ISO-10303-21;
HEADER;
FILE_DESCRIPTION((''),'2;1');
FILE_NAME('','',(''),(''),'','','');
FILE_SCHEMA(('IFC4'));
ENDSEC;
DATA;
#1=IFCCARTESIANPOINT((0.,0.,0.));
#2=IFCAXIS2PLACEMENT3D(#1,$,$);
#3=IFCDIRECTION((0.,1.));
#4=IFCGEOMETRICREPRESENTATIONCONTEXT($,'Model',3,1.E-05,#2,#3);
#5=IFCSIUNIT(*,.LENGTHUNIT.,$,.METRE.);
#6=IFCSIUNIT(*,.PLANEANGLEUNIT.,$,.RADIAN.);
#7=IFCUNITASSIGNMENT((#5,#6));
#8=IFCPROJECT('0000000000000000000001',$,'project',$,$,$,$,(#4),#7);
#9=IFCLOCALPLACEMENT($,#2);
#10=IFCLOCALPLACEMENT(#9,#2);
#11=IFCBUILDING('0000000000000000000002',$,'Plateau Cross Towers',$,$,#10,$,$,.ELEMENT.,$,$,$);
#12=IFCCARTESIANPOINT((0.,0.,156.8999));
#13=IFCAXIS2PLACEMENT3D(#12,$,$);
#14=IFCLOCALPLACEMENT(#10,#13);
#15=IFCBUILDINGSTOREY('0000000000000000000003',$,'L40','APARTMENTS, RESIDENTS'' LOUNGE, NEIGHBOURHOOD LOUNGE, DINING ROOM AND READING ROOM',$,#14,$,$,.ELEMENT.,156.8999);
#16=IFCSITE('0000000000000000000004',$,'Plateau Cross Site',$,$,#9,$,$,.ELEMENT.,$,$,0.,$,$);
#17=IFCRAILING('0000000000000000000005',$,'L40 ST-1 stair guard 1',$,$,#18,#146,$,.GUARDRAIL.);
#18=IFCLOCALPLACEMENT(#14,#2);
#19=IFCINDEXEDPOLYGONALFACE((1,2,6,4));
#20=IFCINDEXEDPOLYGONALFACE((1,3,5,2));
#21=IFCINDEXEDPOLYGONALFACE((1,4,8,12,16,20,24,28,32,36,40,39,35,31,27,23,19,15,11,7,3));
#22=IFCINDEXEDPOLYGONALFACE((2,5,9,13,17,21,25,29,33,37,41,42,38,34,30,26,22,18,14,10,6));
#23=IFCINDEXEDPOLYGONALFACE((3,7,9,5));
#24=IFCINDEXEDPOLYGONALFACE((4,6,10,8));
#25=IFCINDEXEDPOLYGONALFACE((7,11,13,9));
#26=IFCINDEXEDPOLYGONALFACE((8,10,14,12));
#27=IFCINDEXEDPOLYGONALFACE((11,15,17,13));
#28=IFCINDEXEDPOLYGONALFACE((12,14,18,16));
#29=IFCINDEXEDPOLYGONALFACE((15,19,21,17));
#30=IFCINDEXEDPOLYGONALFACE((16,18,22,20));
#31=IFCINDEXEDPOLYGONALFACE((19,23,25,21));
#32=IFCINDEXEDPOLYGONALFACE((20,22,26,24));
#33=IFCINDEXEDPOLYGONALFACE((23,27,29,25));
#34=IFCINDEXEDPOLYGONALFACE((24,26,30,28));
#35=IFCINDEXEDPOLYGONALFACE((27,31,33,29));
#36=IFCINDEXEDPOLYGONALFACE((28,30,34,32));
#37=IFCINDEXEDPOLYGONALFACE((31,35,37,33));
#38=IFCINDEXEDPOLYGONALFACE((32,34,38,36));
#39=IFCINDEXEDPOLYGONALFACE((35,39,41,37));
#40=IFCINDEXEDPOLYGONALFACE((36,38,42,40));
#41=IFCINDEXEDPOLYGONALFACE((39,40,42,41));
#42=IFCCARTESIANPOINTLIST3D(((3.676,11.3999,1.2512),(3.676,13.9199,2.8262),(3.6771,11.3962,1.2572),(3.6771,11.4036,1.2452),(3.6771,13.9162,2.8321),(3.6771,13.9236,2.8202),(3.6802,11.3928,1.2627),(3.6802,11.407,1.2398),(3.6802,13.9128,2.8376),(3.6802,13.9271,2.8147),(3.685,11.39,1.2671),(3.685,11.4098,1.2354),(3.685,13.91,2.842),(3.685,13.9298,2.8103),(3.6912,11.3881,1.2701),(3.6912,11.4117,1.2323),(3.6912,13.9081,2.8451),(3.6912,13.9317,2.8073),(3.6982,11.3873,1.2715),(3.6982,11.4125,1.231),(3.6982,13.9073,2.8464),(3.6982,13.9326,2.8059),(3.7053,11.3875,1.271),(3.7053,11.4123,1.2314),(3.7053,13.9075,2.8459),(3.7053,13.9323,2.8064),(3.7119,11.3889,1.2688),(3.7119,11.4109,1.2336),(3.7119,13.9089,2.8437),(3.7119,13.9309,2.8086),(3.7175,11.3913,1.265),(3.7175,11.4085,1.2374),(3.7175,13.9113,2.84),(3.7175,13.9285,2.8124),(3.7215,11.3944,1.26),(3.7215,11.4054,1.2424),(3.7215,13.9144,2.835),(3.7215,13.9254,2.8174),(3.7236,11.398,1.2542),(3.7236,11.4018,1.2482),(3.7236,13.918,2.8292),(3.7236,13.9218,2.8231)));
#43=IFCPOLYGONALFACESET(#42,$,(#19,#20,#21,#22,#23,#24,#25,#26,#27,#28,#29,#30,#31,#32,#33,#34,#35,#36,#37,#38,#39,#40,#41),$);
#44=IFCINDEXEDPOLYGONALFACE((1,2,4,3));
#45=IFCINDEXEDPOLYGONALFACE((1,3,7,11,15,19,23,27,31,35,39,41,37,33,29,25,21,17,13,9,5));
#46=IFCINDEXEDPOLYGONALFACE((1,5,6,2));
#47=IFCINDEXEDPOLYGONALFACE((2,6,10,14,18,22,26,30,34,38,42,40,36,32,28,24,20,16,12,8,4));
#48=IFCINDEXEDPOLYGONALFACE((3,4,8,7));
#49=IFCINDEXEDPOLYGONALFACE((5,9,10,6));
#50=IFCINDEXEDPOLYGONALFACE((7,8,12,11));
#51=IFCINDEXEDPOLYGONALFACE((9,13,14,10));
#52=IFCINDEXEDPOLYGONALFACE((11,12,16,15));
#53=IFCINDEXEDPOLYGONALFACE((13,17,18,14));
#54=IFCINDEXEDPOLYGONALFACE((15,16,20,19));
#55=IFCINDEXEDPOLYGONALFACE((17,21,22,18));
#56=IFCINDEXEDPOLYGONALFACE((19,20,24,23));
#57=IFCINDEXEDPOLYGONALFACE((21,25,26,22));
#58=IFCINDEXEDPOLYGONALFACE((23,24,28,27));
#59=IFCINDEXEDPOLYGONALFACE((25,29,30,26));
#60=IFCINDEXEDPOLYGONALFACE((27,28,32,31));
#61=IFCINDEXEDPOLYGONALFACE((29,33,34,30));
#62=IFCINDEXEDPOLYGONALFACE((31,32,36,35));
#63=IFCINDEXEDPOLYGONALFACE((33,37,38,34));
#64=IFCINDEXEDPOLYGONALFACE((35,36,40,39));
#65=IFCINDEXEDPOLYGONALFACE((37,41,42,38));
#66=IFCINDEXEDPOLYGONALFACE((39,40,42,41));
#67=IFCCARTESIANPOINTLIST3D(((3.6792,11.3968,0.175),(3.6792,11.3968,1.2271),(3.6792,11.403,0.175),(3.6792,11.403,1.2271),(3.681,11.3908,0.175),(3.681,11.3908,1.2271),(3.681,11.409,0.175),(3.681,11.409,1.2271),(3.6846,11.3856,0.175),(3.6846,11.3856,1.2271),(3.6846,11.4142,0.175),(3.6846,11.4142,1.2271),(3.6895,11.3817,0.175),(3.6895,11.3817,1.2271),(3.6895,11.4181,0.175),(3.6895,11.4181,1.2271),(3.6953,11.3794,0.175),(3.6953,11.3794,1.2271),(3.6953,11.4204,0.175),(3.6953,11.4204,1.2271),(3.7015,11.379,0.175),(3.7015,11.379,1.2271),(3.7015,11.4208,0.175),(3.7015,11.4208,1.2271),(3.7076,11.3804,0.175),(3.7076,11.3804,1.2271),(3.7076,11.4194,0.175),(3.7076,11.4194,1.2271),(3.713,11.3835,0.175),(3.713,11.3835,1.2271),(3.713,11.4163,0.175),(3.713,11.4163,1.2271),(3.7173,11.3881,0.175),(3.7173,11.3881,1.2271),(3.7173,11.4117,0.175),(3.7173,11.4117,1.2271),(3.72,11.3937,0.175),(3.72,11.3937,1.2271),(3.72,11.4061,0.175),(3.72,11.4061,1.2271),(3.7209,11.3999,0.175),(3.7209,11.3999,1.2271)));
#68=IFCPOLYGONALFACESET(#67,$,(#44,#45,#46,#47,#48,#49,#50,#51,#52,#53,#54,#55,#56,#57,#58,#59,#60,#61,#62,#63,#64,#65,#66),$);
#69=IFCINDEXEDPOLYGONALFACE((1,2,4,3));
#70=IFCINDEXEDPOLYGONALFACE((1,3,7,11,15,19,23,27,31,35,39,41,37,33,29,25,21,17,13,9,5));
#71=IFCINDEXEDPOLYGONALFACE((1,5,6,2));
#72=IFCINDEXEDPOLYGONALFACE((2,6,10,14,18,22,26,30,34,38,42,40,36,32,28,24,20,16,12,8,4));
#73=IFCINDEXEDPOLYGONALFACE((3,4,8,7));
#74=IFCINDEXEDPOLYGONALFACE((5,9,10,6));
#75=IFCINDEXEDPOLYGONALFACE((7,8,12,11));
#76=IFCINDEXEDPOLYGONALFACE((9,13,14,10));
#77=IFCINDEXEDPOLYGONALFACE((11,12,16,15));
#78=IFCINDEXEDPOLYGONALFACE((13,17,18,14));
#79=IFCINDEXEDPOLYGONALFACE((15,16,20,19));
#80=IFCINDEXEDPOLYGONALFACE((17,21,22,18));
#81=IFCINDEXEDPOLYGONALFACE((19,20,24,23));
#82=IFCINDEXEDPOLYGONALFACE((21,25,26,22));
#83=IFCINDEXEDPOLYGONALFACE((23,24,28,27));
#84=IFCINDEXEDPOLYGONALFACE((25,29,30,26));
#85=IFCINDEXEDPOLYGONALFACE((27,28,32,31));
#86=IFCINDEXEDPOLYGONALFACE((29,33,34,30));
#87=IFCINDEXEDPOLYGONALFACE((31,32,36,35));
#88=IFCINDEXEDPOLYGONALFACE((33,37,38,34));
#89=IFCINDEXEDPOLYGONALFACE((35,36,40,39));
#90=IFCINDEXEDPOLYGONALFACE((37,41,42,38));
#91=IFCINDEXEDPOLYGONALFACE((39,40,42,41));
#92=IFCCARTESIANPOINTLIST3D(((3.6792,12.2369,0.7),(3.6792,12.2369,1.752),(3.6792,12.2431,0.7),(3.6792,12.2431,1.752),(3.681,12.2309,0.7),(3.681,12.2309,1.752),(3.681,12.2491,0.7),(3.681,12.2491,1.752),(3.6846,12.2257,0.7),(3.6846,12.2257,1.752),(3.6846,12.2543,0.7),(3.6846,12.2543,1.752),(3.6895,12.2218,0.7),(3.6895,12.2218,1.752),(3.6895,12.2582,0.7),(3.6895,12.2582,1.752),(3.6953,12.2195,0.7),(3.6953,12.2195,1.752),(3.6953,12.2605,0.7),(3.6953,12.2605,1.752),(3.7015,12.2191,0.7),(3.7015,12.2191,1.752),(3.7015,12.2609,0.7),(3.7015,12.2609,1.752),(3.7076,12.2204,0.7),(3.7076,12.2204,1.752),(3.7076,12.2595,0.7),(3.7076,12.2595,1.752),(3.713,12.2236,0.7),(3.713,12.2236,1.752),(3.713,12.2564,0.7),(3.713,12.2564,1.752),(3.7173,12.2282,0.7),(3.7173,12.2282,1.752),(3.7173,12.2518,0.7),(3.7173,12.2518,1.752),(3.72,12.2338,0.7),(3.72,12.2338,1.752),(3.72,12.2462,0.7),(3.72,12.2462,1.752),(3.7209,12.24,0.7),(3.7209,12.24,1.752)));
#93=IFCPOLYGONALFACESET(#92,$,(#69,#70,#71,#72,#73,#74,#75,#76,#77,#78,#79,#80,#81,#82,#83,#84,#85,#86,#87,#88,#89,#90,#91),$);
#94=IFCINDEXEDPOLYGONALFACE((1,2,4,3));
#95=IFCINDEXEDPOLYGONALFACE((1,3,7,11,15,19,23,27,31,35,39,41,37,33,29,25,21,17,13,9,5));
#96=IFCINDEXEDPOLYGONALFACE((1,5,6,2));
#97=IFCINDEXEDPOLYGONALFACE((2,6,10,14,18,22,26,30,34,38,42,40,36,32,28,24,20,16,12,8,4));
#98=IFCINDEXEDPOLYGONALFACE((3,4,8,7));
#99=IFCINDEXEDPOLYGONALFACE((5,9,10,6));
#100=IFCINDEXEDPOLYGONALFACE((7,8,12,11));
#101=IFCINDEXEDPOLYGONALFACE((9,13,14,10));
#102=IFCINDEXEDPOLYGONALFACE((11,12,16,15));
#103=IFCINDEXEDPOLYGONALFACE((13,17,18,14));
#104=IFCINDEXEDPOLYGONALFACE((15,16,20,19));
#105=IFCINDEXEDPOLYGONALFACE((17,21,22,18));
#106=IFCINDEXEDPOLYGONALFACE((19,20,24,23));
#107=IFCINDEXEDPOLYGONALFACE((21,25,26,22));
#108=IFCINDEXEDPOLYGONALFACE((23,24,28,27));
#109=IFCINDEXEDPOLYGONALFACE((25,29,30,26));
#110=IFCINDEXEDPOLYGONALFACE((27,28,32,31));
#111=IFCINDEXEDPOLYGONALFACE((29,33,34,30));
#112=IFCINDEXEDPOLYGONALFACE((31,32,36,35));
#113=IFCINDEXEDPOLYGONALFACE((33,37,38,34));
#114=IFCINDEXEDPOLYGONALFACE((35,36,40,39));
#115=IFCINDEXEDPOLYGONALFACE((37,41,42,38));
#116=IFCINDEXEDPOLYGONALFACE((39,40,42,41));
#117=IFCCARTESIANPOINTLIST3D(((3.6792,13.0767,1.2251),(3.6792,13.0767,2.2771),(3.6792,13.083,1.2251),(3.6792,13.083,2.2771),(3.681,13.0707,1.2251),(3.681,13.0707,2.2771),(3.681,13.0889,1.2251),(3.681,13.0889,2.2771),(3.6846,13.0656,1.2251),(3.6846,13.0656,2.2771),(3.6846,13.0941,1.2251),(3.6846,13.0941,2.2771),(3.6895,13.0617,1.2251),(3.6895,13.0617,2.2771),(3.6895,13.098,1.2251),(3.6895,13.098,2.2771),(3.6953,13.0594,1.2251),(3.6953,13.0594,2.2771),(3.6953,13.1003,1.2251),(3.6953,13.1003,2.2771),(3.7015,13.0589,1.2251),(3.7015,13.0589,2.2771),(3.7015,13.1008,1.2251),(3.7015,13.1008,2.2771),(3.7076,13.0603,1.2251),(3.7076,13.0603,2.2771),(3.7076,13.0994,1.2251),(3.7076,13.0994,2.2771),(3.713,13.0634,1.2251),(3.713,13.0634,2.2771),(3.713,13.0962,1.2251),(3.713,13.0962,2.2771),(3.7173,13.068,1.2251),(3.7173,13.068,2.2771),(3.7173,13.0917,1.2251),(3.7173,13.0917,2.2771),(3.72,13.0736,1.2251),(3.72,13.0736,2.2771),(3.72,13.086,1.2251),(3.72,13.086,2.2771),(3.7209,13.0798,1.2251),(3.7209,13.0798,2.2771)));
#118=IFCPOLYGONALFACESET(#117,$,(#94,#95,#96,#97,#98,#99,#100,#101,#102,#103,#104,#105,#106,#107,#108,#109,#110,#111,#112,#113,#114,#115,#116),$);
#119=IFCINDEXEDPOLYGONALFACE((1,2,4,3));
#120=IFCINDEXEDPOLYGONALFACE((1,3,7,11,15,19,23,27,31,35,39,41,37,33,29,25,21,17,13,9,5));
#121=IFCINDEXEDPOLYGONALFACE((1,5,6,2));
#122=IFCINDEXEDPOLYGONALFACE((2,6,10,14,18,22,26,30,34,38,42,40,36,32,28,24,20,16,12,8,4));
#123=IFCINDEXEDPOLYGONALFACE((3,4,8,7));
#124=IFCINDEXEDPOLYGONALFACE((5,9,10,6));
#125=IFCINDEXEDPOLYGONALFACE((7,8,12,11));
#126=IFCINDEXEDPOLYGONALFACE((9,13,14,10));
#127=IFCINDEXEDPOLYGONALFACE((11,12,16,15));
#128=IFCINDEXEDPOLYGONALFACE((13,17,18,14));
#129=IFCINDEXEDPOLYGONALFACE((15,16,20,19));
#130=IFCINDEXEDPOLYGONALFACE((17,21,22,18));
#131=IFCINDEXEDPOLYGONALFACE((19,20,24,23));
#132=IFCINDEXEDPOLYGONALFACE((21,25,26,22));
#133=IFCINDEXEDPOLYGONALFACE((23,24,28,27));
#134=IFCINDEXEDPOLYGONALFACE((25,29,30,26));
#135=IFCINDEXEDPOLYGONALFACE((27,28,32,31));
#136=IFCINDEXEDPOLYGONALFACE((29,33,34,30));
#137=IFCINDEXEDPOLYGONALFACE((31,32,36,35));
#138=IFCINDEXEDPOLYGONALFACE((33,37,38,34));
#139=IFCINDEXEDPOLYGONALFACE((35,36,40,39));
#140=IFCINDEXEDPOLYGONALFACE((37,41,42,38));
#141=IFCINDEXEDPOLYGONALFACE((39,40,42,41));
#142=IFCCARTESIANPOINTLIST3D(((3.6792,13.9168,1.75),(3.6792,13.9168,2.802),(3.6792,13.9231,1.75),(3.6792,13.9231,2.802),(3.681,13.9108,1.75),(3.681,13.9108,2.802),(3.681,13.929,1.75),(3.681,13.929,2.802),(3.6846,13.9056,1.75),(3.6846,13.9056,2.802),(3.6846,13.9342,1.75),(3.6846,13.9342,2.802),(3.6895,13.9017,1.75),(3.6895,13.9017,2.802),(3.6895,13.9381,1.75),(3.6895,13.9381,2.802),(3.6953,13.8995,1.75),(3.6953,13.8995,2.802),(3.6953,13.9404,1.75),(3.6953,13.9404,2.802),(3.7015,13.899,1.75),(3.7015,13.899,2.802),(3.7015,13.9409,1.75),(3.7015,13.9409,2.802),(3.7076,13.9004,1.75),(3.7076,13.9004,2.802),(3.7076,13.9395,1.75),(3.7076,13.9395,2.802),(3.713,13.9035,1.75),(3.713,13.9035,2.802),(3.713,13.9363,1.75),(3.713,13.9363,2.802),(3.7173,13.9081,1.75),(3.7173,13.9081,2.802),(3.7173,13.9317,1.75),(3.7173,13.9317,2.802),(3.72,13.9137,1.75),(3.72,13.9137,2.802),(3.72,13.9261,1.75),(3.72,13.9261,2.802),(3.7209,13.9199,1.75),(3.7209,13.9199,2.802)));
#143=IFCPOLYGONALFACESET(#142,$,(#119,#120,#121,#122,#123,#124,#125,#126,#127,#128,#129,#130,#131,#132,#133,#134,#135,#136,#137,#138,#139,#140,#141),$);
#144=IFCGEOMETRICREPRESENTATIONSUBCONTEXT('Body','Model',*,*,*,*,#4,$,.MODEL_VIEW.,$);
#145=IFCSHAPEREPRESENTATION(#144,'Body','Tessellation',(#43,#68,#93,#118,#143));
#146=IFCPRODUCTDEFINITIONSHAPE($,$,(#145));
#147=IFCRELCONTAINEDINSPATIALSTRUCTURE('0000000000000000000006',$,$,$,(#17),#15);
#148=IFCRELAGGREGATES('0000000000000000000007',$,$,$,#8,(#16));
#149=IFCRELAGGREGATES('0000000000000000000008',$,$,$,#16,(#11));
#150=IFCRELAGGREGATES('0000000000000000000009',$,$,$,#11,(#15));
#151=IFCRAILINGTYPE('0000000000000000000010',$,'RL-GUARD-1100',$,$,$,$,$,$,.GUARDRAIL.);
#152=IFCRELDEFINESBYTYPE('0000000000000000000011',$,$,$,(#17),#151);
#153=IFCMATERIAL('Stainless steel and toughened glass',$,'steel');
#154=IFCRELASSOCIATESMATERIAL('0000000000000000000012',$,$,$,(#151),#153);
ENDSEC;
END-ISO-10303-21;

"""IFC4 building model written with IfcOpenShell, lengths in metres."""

from ifc_helpers import new_model, si_unit, direction, frame, origin, origin_2d, place, context, subcontext, project, spatial, circle, extrude, material, type_object, element, save


model = new_model("IFC4")

# Units and contexts
model_context = context("Model", 3, precision=1e-05, world=origin(), true_north=direction((0.0, 1.0)))
body_context = subcontext(model_context, "Body", "Model", "MODEL_VIEW")
ifc_project = project(units=[si_unit("LENGTHUNIT", "METRE"), si_unit("PLANEANGLEUNIT", "RADIAN")], contexts=[model_context])

# Site, building, storey
site_placement = place(None, origin())
site = spatial("IfcSite", under=ifc_project, at=site_placement, Name="Plateau Cross Site", CompositionType="ELEMENT", RefElevation=0.0)
building_placement = place(site_placement, origin())
building = spatial("IfcBuilding", under=site, at=building_placement, Name="Plateau Cross Towers", CompositionType="ELEMENT")
storey_placement = place(building_placement, frame((0.0, 0.0, 156.8999)))
storey = spatial("IfcBuildingStorey", under=building, at=storey_placement, Name="L40", Description="APARTMENTS, RESIDENTS' LOUNGE, NEIGHBOURHOOD LOUNGE, DINING ROOM AND READING ROOM", CompositionType="ELEMENT", Elevation=156.8999)

# Railing
ifc_material_1 = material(Name="Stainless steel and toughened glass", Category="steel")
railing_type_1 = type_object("IfcRailingType", Name="RL-GUARD-1100", PredefinedType="GUARDRAIL", material=ifc_material_1)
railing_1_placement = place(storey_placement, frame((3.7, 11.3999, 0.175)))
element("IfcRailing", 1, at=railing_1_placement, inside=storey, type_object=railing_type_1, Name="L40 ST-1 stair guard 1", PredefinedType="GUARDRAIL", context=body_context, shape_type="SweptSolid", body=[
    extrude(circle(Radius=0.0239, at=origin_2d()), frame((0.0, 0.0, 1.0762), z_axis=(0.0, 0.848008, 0.529984), x_axis=(-1.0, 0.0, 0.0)), (0.0, 0.0, 1.0), 2.9717),
    extrude(circle(Radius=0.021, at=origin_2d()), origin(), (0.0, 0.0, 1.0), 1.052),
    extrude(circle(Radius=0.021, at=origin_2d()), frame((0.0, 0.8401, 0.5249)), (0.0, 0.0, 1.0), 1.052),
    extrude(circle(Radius=0.021, at=origin_2d()), frame((0.0, 1.6799, 1.05)), (0.0, 0.0, 1.0), 1.052),
    extrude(circle(Radius=0.021, at=origin_2d()), frame((0.0, 2.52, 1.575)), (0.0, 0.0, 1.0), 1.052),
])

save(model, "model.ifc")
